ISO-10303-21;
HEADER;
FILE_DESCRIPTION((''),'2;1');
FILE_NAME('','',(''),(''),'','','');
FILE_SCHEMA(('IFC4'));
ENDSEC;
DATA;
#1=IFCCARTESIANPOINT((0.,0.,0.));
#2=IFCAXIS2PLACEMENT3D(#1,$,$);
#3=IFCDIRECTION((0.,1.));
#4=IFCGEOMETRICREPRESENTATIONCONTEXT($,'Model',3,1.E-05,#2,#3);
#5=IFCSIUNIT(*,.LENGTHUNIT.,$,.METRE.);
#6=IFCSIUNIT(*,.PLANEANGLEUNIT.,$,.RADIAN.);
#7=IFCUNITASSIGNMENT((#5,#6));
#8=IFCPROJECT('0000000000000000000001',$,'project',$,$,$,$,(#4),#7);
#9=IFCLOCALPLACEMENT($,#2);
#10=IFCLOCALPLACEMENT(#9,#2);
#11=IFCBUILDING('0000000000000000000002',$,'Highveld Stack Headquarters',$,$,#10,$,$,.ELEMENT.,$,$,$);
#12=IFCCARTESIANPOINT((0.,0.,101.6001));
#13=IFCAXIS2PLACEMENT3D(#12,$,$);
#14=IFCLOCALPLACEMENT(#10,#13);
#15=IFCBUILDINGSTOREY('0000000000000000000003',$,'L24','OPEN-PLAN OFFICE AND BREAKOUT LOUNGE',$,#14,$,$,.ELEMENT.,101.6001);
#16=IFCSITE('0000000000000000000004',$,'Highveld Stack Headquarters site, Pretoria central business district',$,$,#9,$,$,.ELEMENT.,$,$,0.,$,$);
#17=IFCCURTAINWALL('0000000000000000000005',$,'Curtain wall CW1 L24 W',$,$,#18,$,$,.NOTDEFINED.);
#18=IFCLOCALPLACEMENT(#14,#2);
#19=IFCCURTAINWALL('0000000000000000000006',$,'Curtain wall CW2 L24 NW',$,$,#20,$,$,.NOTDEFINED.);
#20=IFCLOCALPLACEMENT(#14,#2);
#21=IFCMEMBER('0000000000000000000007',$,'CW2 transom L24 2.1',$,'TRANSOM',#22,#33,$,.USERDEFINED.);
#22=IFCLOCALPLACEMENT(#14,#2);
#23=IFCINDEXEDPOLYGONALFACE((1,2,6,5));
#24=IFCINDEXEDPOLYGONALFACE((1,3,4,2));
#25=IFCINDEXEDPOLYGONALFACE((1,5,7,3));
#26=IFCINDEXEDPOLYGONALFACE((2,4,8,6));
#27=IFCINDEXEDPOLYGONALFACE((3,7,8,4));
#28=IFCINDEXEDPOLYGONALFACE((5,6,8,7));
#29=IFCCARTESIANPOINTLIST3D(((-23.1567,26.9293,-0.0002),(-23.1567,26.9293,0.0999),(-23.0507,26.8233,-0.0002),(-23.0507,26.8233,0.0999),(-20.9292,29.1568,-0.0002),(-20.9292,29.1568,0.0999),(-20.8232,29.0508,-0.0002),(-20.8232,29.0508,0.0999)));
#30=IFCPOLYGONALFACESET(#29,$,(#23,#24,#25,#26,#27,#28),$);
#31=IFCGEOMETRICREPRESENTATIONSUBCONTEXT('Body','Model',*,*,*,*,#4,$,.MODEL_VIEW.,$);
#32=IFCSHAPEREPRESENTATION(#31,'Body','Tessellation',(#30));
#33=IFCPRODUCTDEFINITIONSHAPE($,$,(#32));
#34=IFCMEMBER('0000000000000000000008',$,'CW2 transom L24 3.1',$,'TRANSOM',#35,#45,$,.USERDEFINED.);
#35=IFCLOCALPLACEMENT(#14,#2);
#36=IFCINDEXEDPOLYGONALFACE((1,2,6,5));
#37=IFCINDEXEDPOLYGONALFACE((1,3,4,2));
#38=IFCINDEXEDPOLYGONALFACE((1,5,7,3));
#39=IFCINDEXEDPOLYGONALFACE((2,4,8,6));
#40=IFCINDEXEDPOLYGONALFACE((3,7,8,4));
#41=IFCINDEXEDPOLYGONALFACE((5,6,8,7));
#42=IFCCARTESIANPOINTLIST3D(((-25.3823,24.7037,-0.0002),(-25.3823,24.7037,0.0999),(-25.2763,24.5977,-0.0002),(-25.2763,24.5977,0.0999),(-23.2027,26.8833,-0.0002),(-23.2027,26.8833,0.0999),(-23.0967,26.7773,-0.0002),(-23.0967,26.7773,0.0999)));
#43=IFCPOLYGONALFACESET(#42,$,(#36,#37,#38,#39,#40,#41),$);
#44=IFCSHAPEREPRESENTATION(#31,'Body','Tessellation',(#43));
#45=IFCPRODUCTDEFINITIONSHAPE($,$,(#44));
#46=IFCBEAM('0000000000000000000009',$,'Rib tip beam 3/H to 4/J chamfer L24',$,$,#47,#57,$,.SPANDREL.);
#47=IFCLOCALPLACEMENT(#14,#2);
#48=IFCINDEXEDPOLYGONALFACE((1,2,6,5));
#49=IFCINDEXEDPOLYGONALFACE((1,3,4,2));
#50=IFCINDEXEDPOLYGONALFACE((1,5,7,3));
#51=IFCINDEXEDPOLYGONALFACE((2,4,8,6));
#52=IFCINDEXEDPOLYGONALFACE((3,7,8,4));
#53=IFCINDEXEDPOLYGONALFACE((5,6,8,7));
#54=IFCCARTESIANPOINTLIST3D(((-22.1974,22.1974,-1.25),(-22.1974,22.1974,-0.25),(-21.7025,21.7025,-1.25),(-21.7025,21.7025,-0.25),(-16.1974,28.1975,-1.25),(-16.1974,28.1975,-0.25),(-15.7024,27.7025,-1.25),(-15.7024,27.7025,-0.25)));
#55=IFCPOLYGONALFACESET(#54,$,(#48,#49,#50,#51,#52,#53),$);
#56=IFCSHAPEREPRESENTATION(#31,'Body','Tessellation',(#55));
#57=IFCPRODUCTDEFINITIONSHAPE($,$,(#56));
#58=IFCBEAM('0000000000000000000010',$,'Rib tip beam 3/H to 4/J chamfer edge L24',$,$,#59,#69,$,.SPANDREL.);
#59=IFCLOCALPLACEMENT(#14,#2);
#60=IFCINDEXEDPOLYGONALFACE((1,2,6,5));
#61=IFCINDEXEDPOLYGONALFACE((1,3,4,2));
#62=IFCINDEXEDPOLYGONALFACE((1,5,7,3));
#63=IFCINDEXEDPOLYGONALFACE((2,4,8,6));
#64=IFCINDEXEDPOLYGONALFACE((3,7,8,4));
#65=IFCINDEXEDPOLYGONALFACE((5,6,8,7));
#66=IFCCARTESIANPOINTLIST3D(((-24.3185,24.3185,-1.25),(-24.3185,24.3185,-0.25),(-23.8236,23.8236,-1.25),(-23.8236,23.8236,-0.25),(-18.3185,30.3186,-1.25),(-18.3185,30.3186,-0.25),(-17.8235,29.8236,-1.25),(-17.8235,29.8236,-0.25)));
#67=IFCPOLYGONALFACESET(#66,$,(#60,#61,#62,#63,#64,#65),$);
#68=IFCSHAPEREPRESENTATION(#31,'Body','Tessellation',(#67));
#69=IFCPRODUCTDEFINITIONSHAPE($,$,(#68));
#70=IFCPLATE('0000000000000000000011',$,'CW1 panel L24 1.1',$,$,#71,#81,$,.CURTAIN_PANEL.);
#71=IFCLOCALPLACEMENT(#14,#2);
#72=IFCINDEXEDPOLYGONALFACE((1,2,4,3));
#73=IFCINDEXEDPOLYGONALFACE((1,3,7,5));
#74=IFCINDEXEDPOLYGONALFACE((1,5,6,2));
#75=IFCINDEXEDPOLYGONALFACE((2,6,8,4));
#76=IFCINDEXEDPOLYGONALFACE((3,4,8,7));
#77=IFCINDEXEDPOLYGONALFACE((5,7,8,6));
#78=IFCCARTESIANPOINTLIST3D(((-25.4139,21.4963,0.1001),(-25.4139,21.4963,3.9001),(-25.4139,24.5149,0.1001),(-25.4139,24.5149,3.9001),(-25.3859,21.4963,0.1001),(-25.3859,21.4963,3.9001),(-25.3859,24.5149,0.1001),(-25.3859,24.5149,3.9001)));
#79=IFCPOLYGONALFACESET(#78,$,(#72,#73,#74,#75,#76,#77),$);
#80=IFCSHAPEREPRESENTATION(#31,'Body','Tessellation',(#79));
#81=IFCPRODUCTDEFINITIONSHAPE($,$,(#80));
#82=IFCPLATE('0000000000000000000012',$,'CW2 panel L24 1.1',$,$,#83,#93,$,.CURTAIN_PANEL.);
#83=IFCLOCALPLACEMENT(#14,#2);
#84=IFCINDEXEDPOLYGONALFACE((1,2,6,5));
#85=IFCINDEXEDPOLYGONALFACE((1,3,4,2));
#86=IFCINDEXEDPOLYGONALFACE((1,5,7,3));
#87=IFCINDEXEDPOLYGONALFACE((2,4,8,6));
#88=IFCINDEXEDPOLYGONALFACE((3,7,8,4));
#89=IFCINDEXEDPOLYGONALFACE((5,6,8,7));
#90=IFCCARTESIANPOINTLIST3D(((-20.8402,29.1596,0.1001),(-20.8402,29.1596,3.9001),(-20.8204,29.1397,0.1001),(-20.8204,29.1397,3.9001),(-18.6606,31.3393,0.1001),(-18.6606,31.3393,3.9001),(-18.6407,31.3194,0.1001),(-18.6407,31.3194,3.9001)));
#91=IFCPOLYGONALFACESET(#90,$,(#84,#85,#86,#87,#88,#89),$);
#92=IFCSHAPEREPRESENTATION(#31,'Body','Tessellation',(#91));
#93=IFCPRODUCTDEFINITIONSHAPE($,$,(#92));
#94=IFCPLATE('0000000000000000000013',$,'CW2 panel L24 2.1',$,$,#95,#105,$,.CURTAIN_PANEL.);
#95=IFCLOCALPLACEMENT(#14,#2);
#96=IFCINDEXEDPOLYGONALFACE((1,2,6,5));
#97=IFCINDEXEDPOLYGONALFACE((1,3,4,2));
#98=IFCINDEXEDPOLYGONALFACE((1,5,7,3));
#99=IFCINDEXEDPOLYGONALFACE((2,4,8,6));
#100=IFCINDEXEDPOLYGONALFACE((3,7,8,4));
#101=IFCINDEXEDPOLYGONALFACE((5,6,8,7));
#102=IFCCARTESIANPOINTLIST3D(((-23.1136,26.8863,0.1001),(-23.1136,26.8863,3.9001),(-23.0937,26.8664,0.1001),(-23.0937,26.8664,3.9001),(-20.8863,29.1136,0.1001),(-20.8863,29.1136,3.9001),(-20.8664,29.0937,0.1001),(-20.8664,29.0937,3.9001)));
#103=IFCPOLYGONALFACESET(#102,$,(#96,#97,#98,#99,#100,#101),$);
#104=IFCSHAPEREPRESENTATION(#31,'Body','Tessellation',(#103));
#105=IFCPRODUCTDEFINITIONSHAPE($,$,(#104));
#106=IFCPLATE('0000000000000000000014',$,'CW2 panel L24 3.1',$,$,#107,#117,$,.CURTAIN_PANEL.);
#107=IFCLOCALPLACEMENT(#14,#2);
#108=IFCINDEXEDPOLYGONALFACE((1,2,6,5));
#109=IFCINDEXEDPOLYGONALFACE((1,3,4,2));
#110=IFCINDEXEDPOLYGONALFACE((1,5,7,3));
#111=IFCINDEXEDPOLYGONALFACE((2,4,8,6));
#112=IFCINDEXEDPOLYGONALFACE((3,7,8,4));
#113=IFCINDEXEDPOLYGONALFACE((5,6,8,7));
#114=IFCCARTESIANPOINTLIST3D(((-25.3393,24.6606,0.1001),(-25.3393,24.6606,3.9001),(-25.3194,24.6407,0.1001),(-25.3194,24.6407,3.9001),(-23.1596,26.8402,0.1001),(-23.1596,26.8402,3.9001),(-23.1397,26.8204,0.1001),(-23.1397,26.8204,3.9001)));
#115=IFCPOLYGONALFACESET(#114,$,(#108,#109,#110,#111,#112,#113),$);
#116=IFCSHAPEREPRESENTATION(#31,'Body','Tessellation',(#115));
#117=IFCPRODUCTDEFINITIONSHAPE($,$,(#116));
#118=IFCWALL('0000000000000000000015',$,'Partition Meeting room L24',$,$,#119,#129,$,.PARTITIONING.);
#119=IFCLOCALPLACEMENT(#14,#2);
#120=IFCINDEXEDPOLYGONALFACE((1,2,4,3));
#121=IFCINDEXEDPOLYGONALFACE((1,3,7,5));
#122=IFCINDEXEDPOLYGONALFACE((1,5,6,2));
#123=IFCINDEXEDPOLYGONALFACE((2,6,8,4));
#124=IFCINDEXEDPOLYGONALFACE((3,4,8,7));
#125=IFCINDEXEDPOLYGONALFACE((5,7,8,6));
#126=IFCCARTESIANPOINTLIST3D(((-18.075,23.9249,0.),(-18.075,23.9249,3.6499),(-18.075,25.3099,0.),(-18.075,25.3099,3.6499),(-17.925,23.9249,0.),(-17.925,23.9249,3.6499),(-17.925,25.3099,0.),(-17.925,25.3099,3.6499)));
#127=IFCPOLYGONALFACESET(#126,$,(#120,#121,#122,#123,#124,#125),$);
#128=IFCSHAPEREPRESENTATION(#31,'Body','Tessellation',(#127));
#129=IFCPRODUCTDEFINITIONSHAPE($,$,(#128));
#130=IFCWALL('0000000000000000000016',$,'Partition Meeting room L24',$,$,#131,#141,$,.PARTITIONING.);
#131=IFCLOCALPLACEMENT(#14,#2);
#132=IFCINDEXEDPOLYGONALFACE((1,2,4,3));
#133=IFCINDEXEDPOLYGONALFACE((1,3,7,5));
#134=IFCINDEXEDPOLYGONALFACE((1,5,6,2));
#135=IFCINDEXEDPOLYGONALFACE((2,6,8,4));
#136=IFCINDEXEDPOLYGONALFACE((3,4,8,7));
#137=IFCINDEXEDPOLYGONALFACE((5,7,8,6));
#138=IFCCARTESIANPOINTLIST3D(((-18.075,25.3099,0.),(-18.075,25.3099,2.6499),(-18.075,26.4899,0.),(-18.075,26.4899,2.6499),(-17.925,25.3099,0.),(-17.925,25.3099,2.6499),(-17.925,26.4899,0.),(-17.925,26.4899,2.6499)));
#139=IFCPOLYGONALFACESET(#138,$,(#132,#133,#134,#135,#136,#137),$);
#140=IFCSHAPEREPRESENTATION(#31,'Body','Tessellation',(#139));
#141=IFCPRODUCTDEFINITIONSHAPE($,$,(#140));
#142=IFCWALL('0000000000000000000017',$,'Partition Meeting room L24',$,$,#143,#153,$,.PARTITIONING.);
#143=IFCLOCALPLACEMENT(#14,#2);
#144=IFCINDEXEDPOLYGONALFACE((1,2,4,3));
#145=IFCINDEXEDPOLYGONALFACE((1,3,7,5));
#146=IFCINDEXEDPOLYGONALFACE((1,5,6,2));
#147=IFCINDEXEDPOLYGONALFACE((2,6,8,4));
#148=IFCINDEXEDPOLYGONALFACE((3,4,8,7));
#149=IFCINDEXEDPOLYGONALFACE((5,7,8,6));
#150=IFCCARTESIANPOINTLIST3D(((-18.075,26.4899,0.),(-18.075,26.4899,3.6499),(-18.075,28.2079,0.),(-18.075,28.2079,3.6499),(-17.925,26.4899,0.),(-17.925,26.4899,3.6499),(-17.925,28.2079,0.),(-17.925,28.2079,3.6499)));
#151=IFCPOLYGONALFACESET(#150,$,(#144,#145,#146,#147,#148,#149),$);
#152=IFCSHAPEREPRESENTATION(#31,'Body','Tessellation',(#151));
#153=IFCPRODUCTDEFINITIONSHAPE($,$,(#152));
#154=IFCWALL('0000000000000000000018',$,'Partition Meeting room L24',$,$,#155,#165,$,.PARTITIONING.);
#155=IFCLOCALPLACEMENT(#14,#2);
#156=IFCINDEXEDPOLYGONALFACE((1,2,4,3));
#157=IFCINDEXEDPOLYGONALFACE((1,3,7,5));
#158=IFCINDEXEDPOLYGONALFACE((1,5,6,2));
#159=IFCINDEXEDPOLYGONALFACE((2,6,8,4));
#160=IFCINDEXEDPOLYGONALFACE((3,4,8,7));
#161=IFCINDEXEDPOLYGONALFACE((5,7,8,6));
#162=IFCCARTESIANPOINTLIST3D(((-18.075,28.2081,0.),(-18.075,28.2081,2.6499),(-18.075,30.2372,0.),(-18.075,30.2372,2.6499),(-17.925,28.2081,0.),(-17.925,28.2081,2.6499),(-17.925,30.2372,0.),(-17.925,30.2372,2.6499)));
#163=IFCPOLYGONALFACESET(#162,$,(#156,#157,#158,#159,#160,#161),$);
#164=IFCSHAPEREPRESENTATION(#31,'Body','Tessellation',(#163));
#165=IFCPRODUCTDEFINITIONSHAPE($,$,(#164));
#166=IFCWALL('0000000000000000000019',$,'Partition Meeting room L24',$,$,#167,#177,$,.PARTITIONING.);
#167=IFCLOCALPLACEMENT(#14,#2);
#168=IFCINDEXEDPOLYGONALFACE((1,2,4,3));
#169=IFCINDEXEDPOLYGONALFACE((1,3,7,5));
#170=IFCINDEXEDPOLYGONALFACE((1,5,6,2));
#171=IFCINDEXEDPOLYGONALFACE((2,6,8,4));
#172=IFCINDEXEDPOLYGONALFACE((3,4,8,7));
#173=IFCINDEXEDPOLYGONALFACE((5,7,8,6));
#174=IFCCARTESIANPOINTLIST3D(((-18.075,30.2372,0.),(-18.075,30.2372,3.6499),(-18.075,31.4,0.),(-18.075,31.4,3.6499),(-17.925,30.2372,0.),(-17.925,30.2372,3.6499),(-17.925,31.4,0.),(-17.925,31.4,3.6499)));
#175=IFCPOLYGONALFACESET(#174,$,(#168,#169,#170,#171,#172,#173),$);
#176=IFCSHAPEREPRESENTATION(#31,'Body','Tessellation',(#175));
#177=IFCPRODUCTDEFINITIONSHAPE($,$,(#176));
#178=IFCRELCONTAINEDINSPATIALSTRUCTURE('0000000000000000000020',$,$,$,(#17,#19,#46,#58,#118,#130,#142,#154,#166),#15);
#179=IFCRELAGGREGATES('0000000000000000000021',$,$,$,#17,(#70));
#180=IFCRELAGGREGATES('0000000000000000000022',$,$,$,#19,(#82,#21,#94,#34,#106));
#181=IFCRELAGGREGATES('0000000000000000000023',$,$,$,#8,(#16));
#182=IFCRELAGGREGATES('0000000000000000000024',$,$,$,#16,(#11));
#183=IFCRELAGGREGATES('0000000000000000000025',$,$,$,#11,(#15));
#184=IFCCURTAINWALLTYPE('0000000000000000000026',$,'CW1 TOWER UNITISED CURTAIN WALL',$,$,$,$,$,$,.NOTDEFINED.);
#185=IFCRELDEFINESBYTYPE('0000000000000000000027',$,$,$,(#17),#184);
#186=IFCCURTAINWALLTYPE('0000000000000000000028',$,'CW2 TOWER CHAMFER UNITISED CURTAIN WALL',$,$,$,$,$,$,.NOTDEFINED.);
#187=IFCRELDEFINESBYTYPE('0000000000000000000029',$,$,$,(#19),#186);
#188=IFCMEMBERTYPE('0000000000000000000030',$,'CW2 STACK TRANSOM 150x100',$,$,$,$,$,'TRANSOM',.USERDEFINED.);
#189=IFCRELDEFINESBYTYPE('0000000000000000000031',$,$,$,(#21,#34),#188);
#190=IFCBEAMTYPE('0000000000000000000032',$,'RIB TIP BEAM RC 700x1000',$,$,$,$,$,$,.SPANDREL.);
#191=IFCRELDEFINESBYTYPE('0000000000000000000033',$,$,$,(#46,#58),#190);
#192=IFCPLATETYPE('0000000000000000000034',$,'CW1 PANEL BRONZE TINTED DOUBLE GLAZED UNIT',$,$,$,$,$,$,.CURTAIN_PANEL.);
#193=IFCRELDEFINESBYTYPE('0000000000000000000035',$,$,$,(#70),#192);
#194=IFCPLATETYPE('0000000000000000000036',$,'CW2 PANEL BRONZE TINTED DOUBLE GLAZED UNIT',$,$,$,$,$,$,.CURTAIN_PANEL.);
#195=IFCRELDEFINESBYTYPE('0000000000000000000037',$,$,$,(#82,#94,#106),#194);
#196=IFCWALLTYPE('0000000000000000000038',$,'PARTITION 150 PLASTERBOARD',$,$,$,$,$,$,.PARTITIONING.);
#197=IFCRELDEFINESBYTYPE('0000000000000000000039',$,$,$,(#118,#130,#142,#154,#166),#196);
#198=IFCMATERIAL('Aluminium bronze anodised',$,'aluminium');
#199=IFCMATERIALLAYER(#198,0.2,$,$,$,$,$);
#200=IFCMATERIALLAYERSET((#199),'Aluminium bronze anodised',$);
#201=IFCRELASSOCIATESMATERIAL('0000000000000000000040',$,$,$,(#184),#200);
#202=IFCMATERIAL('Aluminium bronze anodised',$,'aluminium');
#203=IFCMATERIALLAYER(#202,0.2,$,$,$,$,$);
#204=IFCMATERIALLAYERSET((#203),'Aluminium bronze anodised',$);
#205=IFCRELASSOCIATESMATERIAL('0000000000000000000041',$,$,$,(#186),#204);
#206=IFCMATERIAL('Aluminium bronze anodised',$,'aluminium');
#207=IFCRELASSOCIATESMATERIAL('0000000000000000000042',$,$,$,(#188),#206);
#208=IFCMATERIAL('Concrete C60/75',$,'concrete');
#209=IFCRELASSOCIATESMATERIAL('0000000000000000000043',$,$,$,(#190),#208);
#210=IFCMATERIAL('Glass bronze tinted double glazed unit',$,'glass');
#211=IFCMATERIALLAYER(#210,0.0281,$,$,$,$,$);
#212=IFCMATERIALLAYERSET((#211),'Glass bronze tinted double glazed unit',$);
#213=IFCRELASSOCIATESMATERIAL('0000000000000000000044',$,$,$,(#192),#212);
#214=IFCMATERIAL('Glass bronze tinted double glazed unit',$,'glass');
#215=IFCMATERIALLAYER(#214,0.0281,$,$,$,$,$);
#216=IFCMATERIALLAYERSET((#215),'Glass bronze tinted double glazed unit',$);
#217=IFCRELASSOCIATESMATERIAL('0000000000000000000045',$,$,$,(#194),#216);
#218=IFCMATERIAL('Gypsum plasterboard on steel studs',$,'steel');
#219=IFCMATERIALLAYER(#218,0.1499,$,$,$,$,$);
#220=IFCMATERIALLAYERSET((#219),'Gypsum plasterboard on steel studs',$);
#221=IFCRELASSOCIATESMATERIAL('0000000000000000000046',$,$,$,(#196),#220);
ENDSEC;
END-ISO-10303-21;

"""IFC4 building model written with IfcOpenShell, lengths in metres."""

from ifc_helpers import new_model, si_unit, direction, frame, frame_2d, origin, origin_2d, place, context, subcontext, project, spatial, rectangle, extrude, material, layer, layer_set, material_profile, profile_set, type_object, element, aggregate, save


model = new_model("IFC4")

# Units and contexts
model_context = context("Model", 3, precision=1e-05, world=origin(), true_north=direction((0.0, 1.0)))
body_context = subcontext(model_context, "Body", "Model", "MODEL_VIEW")
ifc_project = project(units=[si_unit("LENGTHUNIT", "METRE"), si_unit("PLANEANGLEUNIT", "RADIAN")], contexts=[model_context])

# Site, building, storey
site_placement = place(None, origin())
site = spatial("IfcSite", under=ifc_project, at=site_placement, Name="Highveld Stack Headquarters site, Pretoria central business district", CompositionType="ELEMENT", RefElevation=0.0)
building_placement = place(site_placement, origin())
building = spatial("IfcBuilding", under=site, at=building_placement, Name="Highveld Stack Headquarters", CompositionType="ELEMENT")
storey_placement = place(building_placement, frame((0.0, 0.0, 101.6001)))
storey = spatial("IfcBuildingStorey", under=building, at=storey_placement, Name="L24", Description="OPEN-PLAN OFFICE AND BREAKOUT LOUNGE", CompositionType="ELEMENT", Elevation=101.6001)

# Shared definitions
ifc_material_1 = material(Name="Aluminium bronze anodised", Category="aluminium")
ifc_layer_1 = layer(ifc_material_1, 0.2)
ifc_layer_set_1 = layer_set([ifc_layer_1], Name="Aluminium bronze anodised")
curtain_wall_type_1 = type_object("IfcCurtainWallType", Name="CW1 TOWER UNITISED CURTAIN WALL", PredefinedType="NOTDEFINED", material=ifc_layer_set_1)

# Curtain wall
curtain_wall_1_placement = place(storey_placement, origin())
curtain_wall_1 = element("IfcCurtainWall", 1, at=curtain_wall_1_placement, inside=storey, type_object=curtain_wall_type_1, Name="Curtain wall CW1 L24 W", PredefinedType="NOTDEFINED")

# Curtain wall, members
ifc_material_2 = material(Name="Aluminium bronze anodised", Category="aluminium")
ifc_layer_2 = layer(ifc_material_2, 0.2)
ifc_layer_set_2 = layer_set([ifc_layer_2], Name="Aluminium bronze anodised")
curtain_wall_type_2 = type_object("IfcCurtainWallType", Name="CW2 TOWER CHAMFER UNITISED CURTAIN WALL", PredefinedType="NOTDEFINED", material=ifc_layer_set_2)
curtain_wall_2_placement = place(storey_placement, origin())
curtain_wall_2 = element("IfcCurtainWall", 2, at=curtain_wall_2_placement, inside=storey, type_object=curtain_wall_type_2, Name="Curtain wall CW2 L24 NW", PredefinedType="NOTDEFINED")
ifc_material_3 = material(Name="Aluminium bronze anodised", Category="aluminium")
ifc_material_profile_1 = material_profile(ifc_material_3, rectangle(XDim=0.1499, YDim=0.1001, at=origin_2d()), Name="CW2 TRANSOM 150x100")
ifc_profile_set_1 = profile_set([ifc_material_profile_1], Name="Aluminium bronze anodised")
member_type_1 = type_object("IfcMemberType", Name="CW2 STACK TRANSOM 150x100", ElementType="TRANSOM", PredefinedType="USERDEFINED", material=ifc_profile_set_1)
member_1_placement = place(storey_placement, frame((-20.8762, 29.1038, 0.0498), z_axis=(-0.707107, -0.707107, 0.0), x_axis=(0.707107, -0.707107, 0.0)))
member_1 = element("IfcMember", 3, at=member_1_placement, type_object=member_type_1, Name="CW2 transom L24 2.1", ObjectType="TRANSOM", PredefinedType="USERDEFINED", context=body_context, shape_type="SweptSolid", body=[
    extrude(rectangle(XDim=0.1499, YDim=0.1001, at=origin_2d()), origin(), (0.0, 0.0, 1.0), 3.1501),
])
member_2_placement = place(storey_placement, frame((-23.1497, 26.8303, 0.0498), z_axis=(-0.707107, -0.707107, 0.0), x_axis=(0.707107, -0.707107, 0.0)))
member_2 = element("IfcMember", 4, at=member_2_placement, type_object=member_type_1, Name="CW2 transom L24 3.1", ObjectType="TRANSOM", PredefinedType="USERDEFINED", context=body_context, shape_type="SweptSolid", body=[
    extrude(rectangle(XDim=0.1499, YDim=0.1001, at=origin_2d()), origin(), (0.0, 0.0, 1.0), 3.0825),
])

# Beams
ifc_material_4 = material(Name="Concrete C60/75", Category="concrete")
ifc_material_profile_2 = material_profile(ifc_material_4, rectangle(XDim=0.7, YDim=1.0, at=origin_2d()), Name="RC 700x1000")
ifc_profile_set_2 = profile_set([ifc_material_profile_2], Name="Concrete C60/75")
beam_type = type_object("IfcBeamType", Name="RIB TIP BEAM RC 700x1000", PredefinedType="SPANDREL", material=ifc_profile_set_2)
for number, where, z_axis, x_axis, name in (
    (5, (-21.95, 21.95, -0.75), (0.707107, 0.707107, 0.0), (-0.707107, 0.707107, 0.0), "Rib tip beam 3/H to 4/J chamfer L24"),
    (6, (-24.071, 24.071, -0.75), (0.707107, 0.707107, 0.0), (-0.707107, 0.707107, 0.0), "Rib tip beam 3/H to 4/J chamfer edge L24"),
):
    element("IfcBeam", number, at=place(storey_placement, frame(where, z_axis=z_axis, x_axis=x_axis)), inside=storey, type_object=beam_type, Name=name, PredefinedType="SPANDREL", context=body_context, shape_type="SweptSolid", body=[
        extrude(rectangle(XDim=0.7, YDim=1.0, at=origin_2d()), origin(), (0.0, 0.0, 1.0), 8.4854),
    ])

# Plates
ifc_material_5 = material(Name="Glass bronze tinted double glazed unit", Category="glass")
ifc_layer_3 = layer(ifc_material_5, 0.0281)
ifc_layer_set_3 = layer_set([ifc_layer_3], Name="Glass bronze tinted double glazed unit")
plate_type_1 = type_object("IfcPlateType", Name="CW1 PANEL BRONZE TINTED DOUBLE GLAZED UNIT", PredefinedType="CURTAIN_PANEL", material=ifc_layer_set_3)
plate_1_placement = place(storey_placement, frame((-25.3999, 23.0056, 0.1001), z_axis=(0.0, 0.0, 1.0), x_axis=(0.0, -1.0, 0.0)))
plate_1 = element("IfcPlate", 7, at=plate_1_placement, type_object=plate_type_1, Name="CW1 panel L24 1.1", PredefinedType="CURTAIN_PANEL", context=body_context, shape_type="SweptSolid", body=[
    extrude(rectangle(XDim=3.0186, YDim=0.0281, at=origin_2d()), origin(), (0.0, 0.0, 1.0), 3.8),
])
aggregate(curtain_wall_1, [plate_1])
ifc_material_6 = material(Name="Glass bronze tinted double glazed unit", Category="glass")
ifc_layer_4 = layer(ifc_material_6, 0.0281)
ifc_layer_set_4 = layer_set([ifc_layer_4], Name="Glass bronze tinted double glazed unit")
plate_type_2 = type_object("IfcPlateType", Name="CW2 PANEL BRONZE TINTED DOUBLE GLAZED UNIT", PredefinedType="CURTAIN_PANEL", material=ifc_layer_set_4)
plate_2_placement = place(storey_placement, frame((-19.7405, 30.2395, 0.1001), z_axis=(0.0, 0.0, 1.0), x_axis=(-0.707107, -0.707107, 0.0)))
plate_2 = element("IfcPlate", 8, at=plate_2_placement, type_object=plate_type_2, Name="CW2 panel L24 1.1", PredefinedType="CURTAIN_PANEL", context=body_context, shape_type="SweptSolid", body=[
    extrude(rectangle(XDim=3.0825, YDim=0.0281, at=origin_2d()), origin(), (0.0, 0.0, 1.0), 3.8),
])
plate_3_placement = place(storey_placement, frame((-21.99, 27.99, 0.1001), z_axis=(0.0, 0.0, 1.0), x_axis=(-0.707107, -0.707107, 0.0)))
plate_3 = element("IfcPlate", 9, at=plate_3_placement, type_object=plate_type_2, Name="CW2 panel L24 2.1", PredefinedType="CURTAIN_PANEL", context=body_context, shape_type="SweptSolid", body=[
    extrude(rectangle(XDim=3.1499, YDim=0.0281, at=origin_2d()), origin(), (0.0, 0.0, 1.0), 3.8),
])
plate_4_placement = place(storey_placement, frame((-24.2395, 25.7405, 0.1001), z_axis=(0.0, 0.0, 1.0), x_axis=(-0.707107, -0.707107, 0.0)))
plate_4 = element("IfcPlate", 10, at=plate_4_placement, type_object=plate_type_2, Name="CW2 panel L24 3.1", PredefinedType="CURTAIN_PANEL", context=body_context, shape_type="SweptSolid", body=[
    extrude(rectangle(XDim=3.0825, YDim=0.0281, at=origin_2d()), origin(), (0.0, 0.0, 1.0), 3.8),
])
aggregate(curtain_wall_2, [plate_2, member_1, plate_3, member_2, plate_4])

# Walls
ifc_material_7 = material(Name="Gypsum plasterboard on steel studs", Category="steel")
ifc_layer_5 = layer(ifc_material_7, 0.1499)
ifc_layer_set_5 = layer_set([ifc_layer_5], Name="Gypsum plasterboard on steel studs")
wall_type = type_object("IfcWallType", Name="PARTITION 150 PLASTERBOARD", PredefinedType="PARTITIONING", material=ifc_layer_set_5)
wall_1_placement = place(storey_placement, frame((-18.0, 23.925, 0.0), z_axis=(0.0, 0.0, 1.0), x_axis=(0.0, 1.0, 0.0)))
element("IfcWall", 11, at=wall_1_placement, inside=storey, type_object=wall_type, Name="Partition Meeting room L24", PredefinedType="PARTITIONING", context=body_context, shape_type="SweptSolid", body=[
    extrude(rectangle(XDim=1.385, YDim=0.1499, at=frame_2d((0.6924, 0.0))), origin(), (0.0, 0.0, 1.0), 3.6499),
])
wall_2_placement = place(storey_placement, frame((-18.0, 25.3101, 0.0), z_axis=(0.0, 0.0, 1.0), x_axis=(0.0, 1.0, 0.0)))
element("IfcWall", 12, at=wall_2_placement, inside=storey, type_object=wall_type, Name="Partition Meeting room L24", PredefinedType="PARTITIONING", context=body_context, shape_type="SweptSolid", body=[
    extrude(rectangle(XDim=1.1799, YDim=0.1499, at=frame_2d((0.5898, 0.0))), origin(), (0.0, 0.0, 1.0), 2.6499),
])
wall_3_placement = place(storey_placement, frame((-18.0, 26.49, 0.0), z_axis=(0.0, 0.0, 1.0), x_axis=(0.0, 1.0, 0.0)))
element("IfcWall", 13, at=wall_3_placement, inside=storey, type_object=wall_type, Name="Partition Meeting room L24", PredefinedType="PARTITIONING", context=body_context, shape_type="SweptSolid", body=[
    extrude(rectangle(XDim=1.718, YDim=0.1499, at=frame_2d((0.8589, 0.0))), origin(), (0.0, 0.0, 1.0), 3.6499),
])
wall_4_placement = place(storey_placement, frame((-18.0, 28.208, 0.0), z_axis=(0.0, 0.0, 1.0), x_axis=(0.0, 1.0, 0.0)))
element("IfcWall", 14, at=wall_4_placement, inside=storey, type_object=wall_type, Name="Partition Meeting room L24", PredefinedType="PARTITIONING", context=body_context, shape_type="SweptSolid", body=[
    extrude(rectangle(XDim=2.0291, YDim=0.1499, at=frame_2d((1.0146, 0.0))), origin(), (0.0, 0.0, 1.0), 2.6499),
])
wall_5_placement = place(storey_placement, frame((-18.0, 30.2371, 0.0), z_axis=(0.0, 0.0, 1.0), x_axis=(0.0, 1.0, 0.0)))
element("IfcWall", 15, at=wall_5_placement, inside=storey, type_object=wall_type, Name="Partition Meeting room L24", PredefinedType="PARTITIONING", context=body_context, shape_type="SweptSolid", body=[
    extrude(rectangle(XDim=1.1628, YDim=0.1499, at=frame_2d((0.5815, 0.0))), origin(), (0.0, 0.0, 1.0), 3.6499),
])

save(model, "model.ifc")
